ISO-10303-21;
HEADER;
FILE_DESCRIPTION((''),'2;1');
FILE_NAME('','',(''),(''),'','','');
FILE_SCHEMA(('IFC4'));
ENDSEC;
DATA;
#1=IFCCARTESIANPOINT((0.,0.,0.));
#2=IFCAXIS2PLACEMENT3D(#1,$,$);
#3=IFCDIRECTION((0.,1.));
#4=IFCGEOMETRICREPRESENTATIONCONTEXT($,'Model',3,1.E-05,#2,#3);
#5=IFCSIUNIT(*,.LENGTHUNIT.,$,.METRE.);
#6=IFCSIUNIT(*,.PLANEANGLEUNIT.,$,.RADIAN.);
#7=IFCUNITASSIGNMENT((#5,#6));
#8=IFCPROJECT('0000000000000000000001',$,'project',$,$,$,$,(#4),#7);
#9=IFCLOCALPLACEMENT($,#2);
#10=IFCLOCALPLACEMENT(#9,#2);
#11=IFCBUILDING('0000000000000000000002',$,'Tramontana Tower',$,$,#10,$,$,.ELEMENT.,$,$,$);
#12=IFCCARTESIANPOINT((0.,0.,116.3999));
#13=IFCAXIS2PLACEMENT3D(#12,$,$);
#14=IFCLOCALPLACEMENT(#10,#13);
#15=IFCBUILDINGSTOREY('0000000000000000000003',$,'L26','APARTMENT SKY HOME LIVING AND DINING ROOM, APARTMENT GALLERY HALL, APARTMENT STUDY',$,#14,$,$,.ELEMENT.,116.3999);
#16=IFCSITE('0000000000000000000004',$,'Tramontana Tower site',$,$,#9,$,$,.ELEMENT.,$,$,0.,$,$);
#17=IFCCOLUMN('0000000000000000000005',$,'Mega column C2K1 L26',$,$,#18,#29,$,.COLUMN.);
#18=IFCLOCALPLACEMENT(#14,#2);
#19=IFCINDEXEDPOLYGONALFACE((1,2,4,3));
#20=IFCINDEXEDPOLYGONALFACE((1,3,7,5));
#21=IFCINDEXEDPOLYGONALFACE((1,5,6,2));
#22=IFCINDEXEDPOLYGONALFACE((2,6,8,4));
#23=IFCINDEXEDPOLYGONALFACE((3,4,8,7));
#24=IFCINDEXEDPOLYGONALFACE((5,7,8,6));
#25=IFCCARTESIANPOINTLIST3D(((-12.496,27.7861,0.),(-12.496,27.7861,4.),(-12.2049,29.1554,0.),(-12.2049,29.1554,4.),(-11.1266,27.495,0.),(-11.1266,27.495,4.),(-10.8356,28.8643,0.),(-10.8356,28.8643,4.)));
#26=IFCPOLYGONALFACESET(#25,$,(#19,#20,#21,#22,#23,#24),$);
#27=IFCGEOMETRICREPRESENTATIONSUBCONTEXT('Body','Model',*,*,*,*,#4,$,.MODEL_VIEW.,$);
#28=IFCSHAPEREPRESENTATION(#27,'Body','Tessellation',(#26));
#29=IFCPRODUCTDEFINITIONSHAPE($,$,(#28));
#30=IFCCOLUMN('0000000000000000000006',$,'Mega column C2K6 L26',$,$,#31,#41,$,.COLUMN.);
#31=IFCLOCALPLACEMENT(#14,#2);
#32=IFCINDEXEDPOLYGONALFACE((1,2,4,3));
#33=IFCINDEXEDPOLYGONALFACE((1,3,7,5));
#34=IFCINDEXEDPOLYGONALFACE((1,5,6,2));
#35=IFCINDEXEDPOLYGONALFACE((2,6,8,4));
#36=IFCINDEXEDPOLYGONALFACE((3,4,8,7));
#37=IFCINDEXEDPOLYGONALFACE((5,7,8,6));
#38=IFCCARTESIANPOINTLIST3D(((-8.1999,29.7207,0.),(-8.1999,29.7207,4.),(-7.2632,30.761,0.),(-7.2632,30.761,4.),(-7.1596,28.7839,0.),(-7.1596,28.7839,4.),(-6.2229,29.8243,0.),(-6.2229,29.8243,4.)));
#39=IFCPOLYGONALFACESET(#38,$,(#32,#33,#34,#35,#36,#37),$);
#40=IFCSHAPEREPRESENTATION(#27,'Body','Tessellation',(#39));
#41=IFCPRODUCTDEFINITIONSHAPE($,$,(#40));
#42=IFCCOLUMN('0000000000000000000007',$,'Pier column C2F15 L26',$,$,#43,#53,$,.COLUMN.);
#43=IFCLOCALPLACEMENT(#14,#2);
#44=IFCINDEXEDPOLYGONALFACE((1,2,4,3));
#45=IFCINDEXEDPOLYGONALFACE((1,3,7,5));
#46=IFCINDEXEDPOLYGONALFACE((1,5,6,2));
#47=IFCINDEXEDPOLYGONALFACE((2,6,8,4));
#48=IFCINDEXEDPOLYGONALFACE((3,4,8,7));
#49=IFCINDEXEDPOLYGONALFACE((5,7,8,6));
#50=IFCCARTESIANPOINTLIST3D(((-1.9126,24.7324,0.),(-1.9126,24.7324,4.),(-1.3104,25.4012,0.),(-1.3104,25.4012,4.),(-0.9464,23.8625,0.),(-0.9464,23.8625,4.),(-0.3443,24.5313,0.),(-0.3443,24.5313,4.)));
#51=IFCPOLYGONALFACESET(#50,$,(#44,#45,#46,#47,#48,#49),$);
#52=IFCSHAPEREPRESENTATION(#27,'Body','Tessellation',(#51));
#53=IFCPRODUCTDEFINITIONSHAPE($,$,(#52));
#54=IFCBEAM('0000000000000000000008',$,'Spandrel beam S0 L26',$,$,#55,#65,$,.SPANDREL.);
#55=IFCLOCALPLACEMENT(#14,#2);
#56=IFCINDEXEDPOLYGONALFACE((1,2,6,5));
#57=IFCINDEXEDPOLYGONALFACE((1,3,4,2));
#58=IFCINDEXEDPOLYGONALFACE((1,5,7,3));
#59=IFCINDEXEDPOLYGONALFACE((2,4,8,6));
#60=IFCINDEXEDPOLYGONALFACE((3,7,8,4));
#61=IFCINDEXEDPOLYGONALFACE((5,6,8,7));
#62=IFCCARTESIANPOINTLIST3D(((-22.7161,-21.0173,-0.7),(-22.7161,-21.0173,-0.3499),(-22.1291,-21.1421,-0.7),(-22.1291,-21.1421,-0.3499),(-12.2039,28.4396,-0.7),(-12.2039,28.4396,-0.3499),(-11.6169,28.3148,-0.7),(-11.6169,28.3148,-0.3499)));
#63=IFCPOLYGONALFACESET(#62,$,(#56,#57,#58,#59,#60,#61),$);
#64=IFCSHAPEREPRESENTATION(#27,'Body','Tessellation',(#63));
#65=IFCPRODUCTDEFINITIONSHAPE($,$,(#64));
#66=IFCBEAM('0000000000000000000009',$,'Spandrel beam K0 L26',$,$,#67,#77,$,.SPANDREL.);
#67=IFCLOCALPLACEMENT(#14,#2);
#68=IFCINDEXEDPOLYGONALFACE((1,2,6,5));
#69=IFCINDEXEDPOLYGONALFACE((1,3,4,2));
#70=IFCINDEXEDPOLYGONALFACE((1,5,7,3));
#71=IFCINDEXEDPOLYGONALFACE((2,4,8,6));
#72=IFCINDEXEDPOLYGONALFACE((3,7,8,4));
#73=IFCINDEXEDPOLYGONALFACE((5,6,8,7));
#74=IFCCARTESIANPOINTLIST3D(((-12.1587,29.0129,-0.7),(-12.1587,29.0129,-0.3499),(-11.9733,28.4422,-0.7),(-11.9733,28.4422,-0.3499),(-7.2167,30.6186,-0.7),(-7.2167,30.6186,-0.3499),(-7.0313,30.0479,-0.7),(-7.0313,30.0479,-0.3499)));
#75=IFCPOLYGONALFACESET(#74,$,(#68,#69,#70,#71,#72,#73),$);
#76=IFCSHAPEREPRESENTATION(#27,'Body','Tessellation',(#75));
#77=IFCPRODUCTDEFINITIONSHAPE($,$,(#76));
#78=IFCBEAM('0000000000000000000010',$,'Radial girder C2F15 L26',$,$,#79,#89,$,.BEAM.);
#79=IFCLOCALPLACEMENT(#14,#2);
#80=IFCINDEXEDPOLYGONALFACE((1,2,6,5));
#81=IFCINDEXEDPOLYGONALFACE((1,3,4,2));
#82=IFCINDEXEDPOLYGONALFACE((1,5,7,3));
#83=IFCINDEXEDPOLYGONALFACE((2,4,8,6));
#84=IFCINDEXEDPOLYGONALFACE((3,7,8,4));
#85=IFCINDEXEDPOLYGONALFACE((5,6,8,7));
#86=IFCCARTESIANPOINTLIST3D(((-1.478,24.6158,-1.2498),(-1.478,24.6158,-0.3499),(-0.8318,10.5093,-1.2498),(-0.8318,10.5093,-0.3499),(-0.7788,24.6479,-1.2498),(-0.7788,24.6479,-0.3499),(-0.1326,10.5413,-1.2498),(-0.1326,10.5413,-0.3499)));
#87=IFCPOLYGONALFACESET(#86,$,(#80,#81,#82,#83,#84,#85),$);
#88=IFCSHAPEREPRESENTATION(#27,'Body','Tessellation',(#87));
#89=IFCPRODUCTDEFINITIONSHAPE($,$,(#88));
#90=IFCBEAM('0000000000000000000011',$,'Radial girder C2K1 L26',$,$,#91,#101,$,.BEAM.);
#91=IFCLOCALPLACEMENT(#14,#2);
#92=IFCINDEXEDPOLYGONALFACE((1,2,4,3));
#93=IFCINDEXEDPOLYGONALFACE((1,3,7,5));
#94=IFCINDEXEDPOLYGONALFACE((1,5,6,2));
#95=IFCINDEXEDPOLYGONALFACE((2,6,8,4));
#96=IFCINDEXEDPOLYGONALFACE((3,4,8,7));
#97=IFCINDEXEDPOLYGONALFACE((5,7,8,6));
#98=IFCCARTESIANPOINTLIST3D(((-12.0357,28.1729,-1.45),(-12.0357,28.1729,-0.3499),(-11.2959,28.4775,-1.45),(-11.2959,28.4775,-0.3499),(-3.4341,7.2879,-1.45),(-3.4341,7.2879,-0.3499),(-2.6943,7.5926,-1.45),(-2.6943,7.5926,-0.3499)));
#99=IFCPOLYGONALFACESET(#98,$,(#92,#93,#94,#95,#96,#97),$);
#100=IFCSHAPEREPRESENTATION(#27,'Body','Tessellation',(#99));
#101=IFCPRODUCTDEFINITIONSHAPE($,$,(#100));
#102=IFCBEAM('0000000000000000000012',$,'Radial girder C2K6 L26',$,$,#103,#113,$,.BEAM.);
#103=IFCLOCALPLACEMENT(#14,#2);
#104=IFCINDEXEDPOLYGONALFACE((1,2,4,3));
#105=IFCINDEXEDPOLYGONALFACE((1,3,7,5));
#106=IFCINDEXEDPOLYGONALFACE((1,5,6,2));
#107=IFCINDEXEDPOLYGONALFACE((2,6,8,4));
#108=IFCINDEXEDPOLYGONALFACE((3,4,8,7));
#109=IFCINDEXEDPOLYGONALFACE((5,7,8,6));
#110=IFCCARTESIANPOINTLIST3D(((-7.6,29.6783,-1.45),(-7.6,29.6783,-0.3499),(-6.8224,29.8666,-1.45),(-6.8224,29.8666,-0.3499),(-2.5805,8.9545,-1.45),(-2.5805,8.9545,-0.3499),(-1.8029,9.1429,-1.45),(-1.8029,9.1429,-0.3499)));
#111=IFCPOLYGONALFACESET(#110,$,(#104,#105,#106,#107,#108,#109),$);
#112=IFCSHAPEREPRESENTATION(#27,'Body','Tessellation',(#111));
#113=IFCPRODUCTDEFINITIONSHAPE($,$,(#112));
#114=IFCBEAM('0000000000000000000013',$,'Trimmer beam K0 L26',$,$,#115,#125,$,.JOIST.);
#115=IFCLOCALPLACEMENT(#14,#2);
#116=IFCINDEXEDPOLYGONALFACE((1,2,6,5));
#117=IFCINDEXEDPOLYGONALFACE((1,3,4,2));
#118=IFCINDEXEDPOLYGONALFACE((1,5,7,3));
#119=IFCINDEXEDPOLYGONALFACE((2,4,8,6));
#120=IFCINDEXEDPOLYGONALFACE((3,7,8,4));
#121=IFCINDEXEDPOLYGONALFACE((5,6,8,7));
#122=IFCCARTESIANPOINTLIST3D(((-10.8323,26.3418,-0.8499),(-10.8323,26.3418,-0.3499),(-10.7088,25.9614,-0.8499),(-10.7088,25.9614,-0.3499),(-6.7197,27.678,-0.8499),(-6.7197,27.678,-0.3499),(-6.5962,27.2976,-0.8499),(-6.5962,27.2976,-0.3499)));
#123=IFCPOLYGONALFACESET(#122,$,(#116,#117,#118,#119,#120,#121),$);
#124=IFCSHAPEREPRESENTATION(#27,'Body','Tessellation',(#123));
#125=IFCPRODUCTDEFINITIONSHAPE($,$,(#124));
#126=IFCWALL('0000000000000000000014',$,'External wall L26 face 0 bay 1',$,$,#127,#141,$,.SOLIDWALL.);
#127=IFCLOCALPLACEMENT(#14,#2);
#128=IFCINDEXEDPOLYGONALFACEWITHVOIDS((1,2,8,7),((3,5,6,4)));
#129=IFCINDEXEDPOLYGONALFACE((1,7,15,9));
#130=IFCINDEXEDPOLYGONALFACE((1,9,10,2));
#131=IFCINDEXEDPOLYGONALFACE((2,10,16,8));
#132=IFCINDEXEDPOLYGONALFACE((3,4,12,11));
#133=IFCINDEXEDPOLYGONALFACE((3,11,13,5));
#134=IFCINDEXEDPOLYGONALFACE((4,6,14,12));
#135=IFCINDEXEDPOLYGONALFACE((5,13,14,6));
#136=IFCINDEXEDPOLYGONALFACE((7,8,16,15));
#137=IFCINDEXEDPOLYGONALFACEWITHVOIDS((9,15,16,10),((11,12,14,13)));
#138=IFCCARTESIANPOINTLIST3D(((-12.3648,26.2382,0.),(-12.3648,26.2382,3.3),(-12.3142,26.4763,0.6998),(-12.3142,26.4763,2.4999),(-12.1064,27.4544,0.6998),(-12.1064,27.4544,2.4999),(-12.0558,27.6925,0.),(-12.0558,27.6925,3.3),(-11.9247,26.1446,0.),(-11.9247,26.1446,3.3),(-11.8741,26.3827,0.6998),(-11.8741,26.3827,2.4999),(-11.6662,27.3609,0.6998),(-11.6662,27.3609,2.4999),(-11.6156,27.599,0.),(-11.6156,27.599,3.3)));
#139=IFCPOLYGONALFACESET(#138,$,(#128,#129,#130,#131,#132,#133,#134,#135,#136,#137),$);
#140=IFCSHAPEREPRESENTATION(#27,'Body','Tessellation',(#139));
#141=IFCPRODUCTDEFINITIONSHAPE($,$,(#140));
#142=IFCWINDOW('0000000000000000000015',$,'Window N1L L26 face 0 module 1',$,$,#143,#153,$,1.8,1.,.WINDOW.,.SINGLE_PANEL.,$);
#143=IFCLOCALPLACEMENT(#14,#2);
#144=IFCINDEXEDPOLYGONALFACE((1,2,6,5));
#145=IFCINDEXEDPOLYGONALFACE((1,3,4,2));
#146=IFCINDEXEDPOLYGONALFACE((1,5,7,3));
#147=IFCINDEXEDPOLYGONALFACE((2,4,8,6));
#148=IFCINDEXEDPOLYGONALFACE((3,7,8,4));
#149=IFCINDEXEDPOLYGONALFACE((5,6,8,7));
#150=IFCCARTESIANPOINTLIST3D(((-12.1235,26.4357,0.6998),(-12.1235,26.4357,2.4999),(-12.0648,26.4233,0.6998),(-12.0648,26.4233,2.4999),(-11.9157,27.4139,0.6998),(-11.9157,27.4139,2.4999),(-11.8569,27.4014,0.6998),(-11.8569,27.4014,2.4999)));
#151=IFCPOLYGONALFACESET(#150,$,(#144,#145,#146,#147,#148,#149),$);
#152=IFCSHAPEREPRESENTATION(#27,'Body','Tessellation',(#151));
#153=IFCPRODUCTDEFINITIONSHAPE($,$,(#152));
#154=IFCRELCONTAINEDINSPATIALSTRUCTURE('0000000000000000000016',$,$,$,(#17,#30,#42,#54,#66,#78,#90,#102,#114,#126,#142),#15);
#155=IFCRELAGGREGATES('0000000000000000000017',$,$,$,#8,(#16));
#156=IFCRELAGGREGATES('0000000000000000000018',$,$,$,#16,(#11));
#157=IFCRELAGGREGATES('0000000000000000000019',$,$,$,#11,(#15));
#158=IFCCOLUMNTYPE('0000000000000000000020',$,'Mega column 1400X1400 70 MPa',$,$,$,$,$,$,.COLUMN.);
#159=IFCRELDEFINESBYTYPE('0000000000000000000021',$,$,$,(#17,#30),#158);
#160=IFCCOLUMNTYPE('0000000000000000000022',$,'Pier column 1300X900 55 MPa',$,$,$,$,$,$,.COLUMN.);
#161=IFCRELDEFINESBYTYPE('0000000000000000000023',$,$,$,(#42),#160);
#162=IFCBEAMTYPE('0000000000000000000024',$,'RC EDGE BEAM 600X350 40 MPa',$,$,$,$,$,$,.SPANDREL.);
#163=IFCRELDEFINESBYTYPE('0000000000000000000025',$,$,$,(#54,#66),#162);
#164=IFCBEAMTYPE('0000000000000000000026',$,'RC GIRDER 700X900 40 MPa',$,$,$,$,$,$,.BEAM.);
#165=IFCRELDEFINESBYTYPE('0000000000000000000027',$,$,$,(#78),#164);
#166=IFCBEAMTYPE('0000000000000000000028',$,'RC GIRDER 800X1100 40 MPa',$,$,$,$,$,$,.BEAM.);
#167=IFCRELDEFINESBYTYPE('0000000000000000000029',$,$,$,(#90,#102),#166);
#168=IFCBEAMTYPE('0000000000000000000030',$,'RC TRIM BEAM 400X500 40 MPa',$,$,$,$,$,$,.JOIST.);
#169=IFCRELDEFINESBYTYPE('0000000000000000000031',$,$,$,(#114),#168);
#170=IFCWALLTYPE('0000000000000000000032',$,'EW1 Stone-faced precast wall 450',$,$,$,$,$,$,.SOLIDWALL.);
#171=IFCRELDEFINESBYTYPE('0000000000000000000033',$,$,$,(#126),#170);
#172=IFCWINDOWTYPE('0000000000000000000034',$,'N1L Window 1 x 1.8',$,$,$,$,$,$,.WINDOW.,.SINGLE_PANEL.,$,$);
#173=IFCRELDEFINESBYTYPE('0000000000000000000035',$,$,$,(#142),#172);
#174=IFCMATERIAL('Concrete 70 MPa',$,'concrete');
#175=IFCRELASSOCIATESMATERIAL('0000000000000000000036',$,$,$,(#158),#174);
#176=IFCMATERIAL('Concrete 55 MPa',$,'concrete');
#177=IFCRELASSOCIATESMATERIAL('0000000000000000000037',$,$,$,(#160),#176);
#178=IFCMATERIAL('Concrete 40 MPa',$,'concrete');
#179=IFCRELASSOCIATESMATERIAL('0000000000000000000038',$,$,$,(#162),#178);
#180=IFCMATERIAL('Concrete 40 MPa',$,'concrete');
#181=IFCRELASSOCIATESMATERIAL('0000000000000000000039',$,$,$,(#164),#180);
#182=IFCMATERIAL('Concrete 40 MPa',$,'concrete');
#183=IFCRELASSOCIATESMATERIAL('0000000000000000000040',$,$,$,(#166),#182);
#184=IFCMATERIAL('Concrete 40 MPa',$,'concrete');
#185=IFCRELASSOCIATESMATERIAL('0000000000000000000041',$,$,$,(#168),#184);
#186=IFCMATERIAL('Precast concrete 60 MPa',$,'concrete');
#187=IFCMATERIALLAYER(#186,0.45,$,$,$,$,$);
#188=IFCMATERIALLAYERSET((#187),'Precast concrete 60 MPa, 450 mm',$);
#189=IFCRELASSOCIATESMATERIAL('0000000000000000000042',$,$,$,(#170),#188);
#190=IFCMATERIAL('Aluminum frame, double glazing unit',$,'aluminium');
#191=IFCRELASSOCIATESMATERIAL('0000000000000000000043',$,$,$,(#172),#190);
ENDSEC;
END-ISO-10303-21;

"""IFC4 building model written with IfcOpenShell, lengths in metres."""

from ifc_helpers import new_model, si_unit, direction, frame, frame_2d, origin, origin_2d, place, context, subcontext, project, spatial, rectangle, extrude, material, layer, layer_set, material_profile, profile_set, type_object, element, fill, save


model = new_model("IFC4")

# Units and contexts
model_context = context("Model", 3, precision=1e-05, world=origin(), true_north=direction((0.0, 1.0)))
body_context = subcontext(model_context, "Body", "Model", "MODEL_VIEW")
ifc_project = project(units=[si_unit("LENGTHUNIT", "METRE"), si_unit("PLANEANGLEUNIT", "RADIAN")], contexts=[model_context])

# Site, building, storey
site_placement = place(None, origin())
site = spatial("IfcSite", under=ifc_project, at=site_placement, Name="Tramontana Tower site", CompositionType="ELEMENT", RefElevation=0.0)
building_placement = place(site_placement, origin())
building = spatial("IfcBuilding", under=site, at=building_placement, Name="Tramontana Tower", CompositionType="ELEMENT")
storey_placement = place(building_placement, frame((0.0, 0.0, 116.3999)))
storey = spatial("IfcBuildingStorey", under=building, at=storey_placement, Name="L26", Description="APARTMENT SKY HOME LIVING AND DINING ROOM, APARTMENT GALLERY HALL, APARTMENT STUDY", CompositionType="ELEMENT", Elevation=116.3999)

# Columns
ifc_material_1 = material(Name="Concrete 70 MPa", Category="concrete")
ifc_material_profile_1 = material_profile(ifc_material_1, rectangle(XDim=1.3999, YDim=1.3999, at=origin_2d()), Name="Mega column 1400X1400 70 MPa")
ifc_profile_set_1 = profile_set([ifc_material_profile_1], Name="Concrete 70 MPa")
column_type_1 = type_object("IfcColumnType", Name="Mega column 1400X1400 70 MPa", PredefinedType="COLUMN", material=ifc_profile_set_1)
for number, where, z_axis, x_axis, name in (
    (1, (-11.6658, 28.3252, 0.0), (0.0, 0.0, 1.0), (-0.207912, -0.978148, 0.0), "Mega column C2K1 L26"),
    (2, (-7.2114, 29.7725, 0.0), (0.0, 0.0, 1.0), (-0.743145, 0.669131, 0.0), "Mega column C2K6 L26"),
):
    element("IfcColumn", number, at=place(storey_placement, frame(where, z_axis=z_axis, x_axis=x_axis)), inside=storey, type_object=column_type_1, Name=name, PredefinedType="COLUMN", context=body_context, shape_type="SweptSolid", body=[
        extrude(rectangle(XDim=1.3999, YDim=1.3999, at=origin_2d()), origin(), (0.0, 0.0, 1.0), 4.0),
    ])
ifc_material_2 = material(Name="Concrete 55 MPa", Category="concrete")
ifc_material_profile_2 = material_profile(ifc_material_2, rectangle(XDim=1.3, YDim=0.8999, at=origin_2d()), Name="Pier column 1300X900 55 MPa")
ifc_profile_set_2 = profile_set([ifc_material_profile_2], Name="Concrete 55 MPa")
column_type_2 = type_object("IfcColumnType", Name="Pier column 1300X900 55 MPa", PredefinedType="COLUMN", material=ifc_profile_set_2)
column_placement = place(storey_placement, frame((-1.1284, 24.6318, 0.0), z_axis=(0.0, 0.0, 1.0), x_axis=(-0.743145, 0.669131, 0.0)))
element("IfcColumn", 3, at=column_placement, inside=storey, type_object=column_type_2, Name="Pier column C2F15 L26", PredefinedType="COLUMN", context=body_context, shape_type="SweptSolid", body=[
    extrude(rectangle(XDim=1.3, YDim=0.8999, at=origin_2d()), origin(), (0.0, 0.0, 1.0), 4.0),
])

# Beams
ifc_material_3 = material(Name="Concrete 40 MPa", Category="concrete")
ifc_material_profile_3 = material_profile(ifc_material_3, rectangle(XDim=0.6001, YDim=0.3501, at=origin_2d()), Name="RC EDGE BEAM 600X350 40 MPa")
ifc_profile_set_3 = profile_set([ifc_material_profile_3], Name="Concrete 40 MPa")
beam_type_1 = type_object("IfcBeamType", Name="RC EDGE BEAM 600X350 40 MPa", PredefinedType="SPANDREL", material=ifc_profile_set_3)
beam_1_placement = place(storey_placement, frame((-11.9104, 28.3772, -0.5249), z_axis=(-0.207909, -0.978148, 0.0), x_axis=(0.978148, -0.207909, 0.0)))
element("IfcBeam", 4, at=beam_1_placement, inside=storey, type_object=beam_type_1, Name="Spandrel beam S0 L26", PredefinedType="SPANDREL", context=body_context, shape_type="SweptSolid", body=[
    extrude(rectangle(XDim=0.6001, YDim=0.3501, at=origin_2d()), origin(), (0.0, 0.0, 1.0), 50.5618),
])
beam_2_placement = place(storey_placement, frame((-7.124, 30.3333, -0.5249), z_axis=(-0.951057, -0.309016, 0.0), x_axis=(0.309016, -0.951057, 0.0)))
element("IfcBeam", 5, at=beam_2_placement, inside=storey, type_object=beam_type_1, Name="Spandrel beam K0 L26", PredefinedType="SPANDREL", context=body_context, shape_type="SweptSolid", body=[
    extrude(rectangle(XDim=0.6001, YDim=0.3501, at=origin_2d()), origin(), (0.0, 0.0, 1.0), 5.1963),
])
ifc_material_4 = material(Name="Concrete 40 MPa", Category="concrete")
ifc_material_profile_4 = material_profile(ifc_material_4, rectangle(XDim=0.7, YDim=0.8999, at=origin_2d()), Name="RC GIRDER 700X900 40 MPa")
ifc_profile_set_4 = profile_set([ifc_material_profile_4], Name="Concrete 40 MPa")
beam_type_2 = type_object("IfcBeamType", Name="RC GIRDER 700X900 40 MPa", PredefinedType="BEAM", material=ifc_profile_set_4)
beam_3_placement = place(storey_placement, frame((-1.1284, 24.6318, -0.7998), z_axis=(0.045764, -0.998952, 0.0), x_axis=(0.998952, 0.045764, 0.0)))
element("IfcBeam", 6, at=beam_3_placement, inside=storey, type_object=beam_type_2, Name="Radial girder C2F15 L26", PredefinedType="BEAM", context=body_context, shape_type="SweptSolid", body=[
    extrude(rectangle(XDim=0.7, YDim=0.8999, at=origin_2d()), origin(), (0.0, 0.0, 1.0), 14.1213),
])
ifc_material_5 = material(Name="Concrete 40 MPa", Category="concrete")
ifc_material_profile_5 = material_profile(ifc_material_5, rectangle(XDim=0.8, YDim=1.1001, at=origin_2d()), Name="RC GIRDER 800X1100 40 MPa")
ifc_profile_set_5 = profile_set([ifc_material_profile_5], Name="Concrete 40 MPa")
beam_type_3 = type_object("IfcBeamType", Name="RC GIRDER 800X1100 40 MPa", PredefinedType="BEAM", material=ifc_profile_set_5)
beam_4_placement = place(storey_placement, frame((-11.6658, 28.3252, -0.8999), z_axis=(0.38082, -0.924649, 0.0), x_axis=(0.924649, 0.38082, 0.0)))
element("IfcBeam", 7, at=beam_4_placement, inside=storey, type_object=beam_type_3, Name="Radial girder C2K1 L26", PredefinedType="BEAM", context=body_context, shape_type="SweptSolid", body=[
    extrude(rectangle(XDim=0.8, YDim=1.1001, at=origin_2d()), origin(), (0.0, 0.0, 1.0), 22.5869),
])
beam_5_placement = place(storey_placement, frame((-7.2112, 29.7725, -0.8999), z_axis=(0.235403, -0.971898, 0.0), x_axis=(0.971898, 0.235403, 0.0)))
element("IfcBeam", 8, at=beam_5_placement, inside=storey, type_object=beam_type_3, Name="Radial girder C2K6 L26", PredefinedType="BEAM", context=body_context, shape_type="SweptSolid", body=[
    extrude(rectangle(XDim=0.8, YDim=1.1001, at=origin_2d()), origin(), (0.0, 0.0, 1.0), 21.323),
])
ifc_material_6 = material(Name="Concrete 40 MPa", Category="concrete")
ifc_material_profile_6 = material_profile(ifc_material_6, rectangle(XDim=0.3999, YDim=0.5, at=origin_2d()), Name="RC TRIM BEAM 400X500 40 MPa")
ifc_profile_set_6 = profile_set([ifc_material_profile_6], Name="Concrete 40 MPa")
beam_type_4 = type_object("IfcBeamType", Name="RC TRIM BEAM 400X500 40 MPa", PredefinedType="JOIST", material=ifc_profile_set_6)
beam_6_placement = place(storey_placement, frame((-6.658, 27.4878, -0.5999), z_axis=(-0.951061, -0.309003, 0.0), x_axis=(0.309003, -0.951061, 0.0)))
element("IfcBeam", 9, at=beam_6_placement, inside=storey, type_object=beam_type_4, Name="Trimmer beam K0 L26", PredefinedType="JOIST", context=body_context, shape_type="SweptSolid", body=[
    extrude(rectangle(XDim=0.3999, YDim=0.5, at=origin_2d()), origin(), (0.0, 0.0, 1.0), 4.3242),
])

# Wall, opening, window
ifc_material_7 = material(Name="Precast concrete 60 MPa", Category="concrete")
ifc_layer_1 = layer(ifc_material_7, 0.45)
ifc_layer_set_1 = layer_set([ifc_layer_1], Name="Precast concrete 60 MPa, 450 mm")
wall_type_1 = type_object("IfcWallType", Name="EW1 Stone-faced precast wall 450", PredefinedType="SOLIDWALL", material=ifc_layer_set_1)
wall_1_placement = place(storey_placement, frame((-11.8357, 27.6458, 0.0), z_axis=(0.0, 0.0, 1.0), x_axis=(-0.20788, -0.978154, 0.0)))
wall_1 = element("IfcWall", 10, at=wall_1_placement, inside=storey, type_object=wall_type_1, Name="External wall L26 face 0 bay 1", PredefinedType="SOLIDWALL", context=body_context, shape_type="SweptSolid", body=[
    extrude(rectangle(XDim=1.4868, YDim=0.45, at=frame_2d((0.7434, 0.0))), origin(), (0.0, 0.0, 1.0), 3.3),
])
opening_1_placement = place(wall_1_placement, frame((0.2434, 0.0, 0.7)))
opening_1 = element("IfcOpeningElement", 11, at=opening_1_placement, cuts=wall_1, PredefinedType="OPENING", context=body_context, shape_type="SweptSolid", body=[
    extrude(rectangle(XDim=1.0, YDim=1.8, at=frame_2d((0.5, 0.8999))), frame((0.0, 0.2349, 0.0), z_axis=(0.0, -1.0, 0.0), x_axis=(1.0, 0.0, 0.0)), (0.0, 0.0, 1.0), 0.47),
])
ifc_material_8 = material(Name="Aluminum frame, double glazing unit", Category="aluminium")
window_type_1 = type_object("IfcWindowType", Name="N1L Window 1 x 1.8", PartitioningType="SINGLE_PANEL", PredefinedType="WINDOW", material=ifc_material_8)
window_1_placement = place(opening_1_placement, origin())
window_1 = element("IfcWindow", 12, at=window_1_placement, inside=storey, type_object=window_type_1, Name="Window N1L L26 face 0 module 1", OverallHeight=1.8, OverallWidth=1.0, PartitioningType="SINGLE_PANEL", PredefinedType="WINDOW", context=body_context, shape_type="SweptSolid", body=[
    extrude(rectangle(XDim=1.0, YDim=1.8, at=frame_2d((0.5, 0.8999))), frame((0.0, 0.03, 0.0), z_axis=(0.0, -1.0, 0.0), x_axis=(1.0, 0.0, 0.0)), (0.0, 0.0, 1.0), 0.0601),
])
fill(opening_1, window_1)

save(model, "model.ifc")
